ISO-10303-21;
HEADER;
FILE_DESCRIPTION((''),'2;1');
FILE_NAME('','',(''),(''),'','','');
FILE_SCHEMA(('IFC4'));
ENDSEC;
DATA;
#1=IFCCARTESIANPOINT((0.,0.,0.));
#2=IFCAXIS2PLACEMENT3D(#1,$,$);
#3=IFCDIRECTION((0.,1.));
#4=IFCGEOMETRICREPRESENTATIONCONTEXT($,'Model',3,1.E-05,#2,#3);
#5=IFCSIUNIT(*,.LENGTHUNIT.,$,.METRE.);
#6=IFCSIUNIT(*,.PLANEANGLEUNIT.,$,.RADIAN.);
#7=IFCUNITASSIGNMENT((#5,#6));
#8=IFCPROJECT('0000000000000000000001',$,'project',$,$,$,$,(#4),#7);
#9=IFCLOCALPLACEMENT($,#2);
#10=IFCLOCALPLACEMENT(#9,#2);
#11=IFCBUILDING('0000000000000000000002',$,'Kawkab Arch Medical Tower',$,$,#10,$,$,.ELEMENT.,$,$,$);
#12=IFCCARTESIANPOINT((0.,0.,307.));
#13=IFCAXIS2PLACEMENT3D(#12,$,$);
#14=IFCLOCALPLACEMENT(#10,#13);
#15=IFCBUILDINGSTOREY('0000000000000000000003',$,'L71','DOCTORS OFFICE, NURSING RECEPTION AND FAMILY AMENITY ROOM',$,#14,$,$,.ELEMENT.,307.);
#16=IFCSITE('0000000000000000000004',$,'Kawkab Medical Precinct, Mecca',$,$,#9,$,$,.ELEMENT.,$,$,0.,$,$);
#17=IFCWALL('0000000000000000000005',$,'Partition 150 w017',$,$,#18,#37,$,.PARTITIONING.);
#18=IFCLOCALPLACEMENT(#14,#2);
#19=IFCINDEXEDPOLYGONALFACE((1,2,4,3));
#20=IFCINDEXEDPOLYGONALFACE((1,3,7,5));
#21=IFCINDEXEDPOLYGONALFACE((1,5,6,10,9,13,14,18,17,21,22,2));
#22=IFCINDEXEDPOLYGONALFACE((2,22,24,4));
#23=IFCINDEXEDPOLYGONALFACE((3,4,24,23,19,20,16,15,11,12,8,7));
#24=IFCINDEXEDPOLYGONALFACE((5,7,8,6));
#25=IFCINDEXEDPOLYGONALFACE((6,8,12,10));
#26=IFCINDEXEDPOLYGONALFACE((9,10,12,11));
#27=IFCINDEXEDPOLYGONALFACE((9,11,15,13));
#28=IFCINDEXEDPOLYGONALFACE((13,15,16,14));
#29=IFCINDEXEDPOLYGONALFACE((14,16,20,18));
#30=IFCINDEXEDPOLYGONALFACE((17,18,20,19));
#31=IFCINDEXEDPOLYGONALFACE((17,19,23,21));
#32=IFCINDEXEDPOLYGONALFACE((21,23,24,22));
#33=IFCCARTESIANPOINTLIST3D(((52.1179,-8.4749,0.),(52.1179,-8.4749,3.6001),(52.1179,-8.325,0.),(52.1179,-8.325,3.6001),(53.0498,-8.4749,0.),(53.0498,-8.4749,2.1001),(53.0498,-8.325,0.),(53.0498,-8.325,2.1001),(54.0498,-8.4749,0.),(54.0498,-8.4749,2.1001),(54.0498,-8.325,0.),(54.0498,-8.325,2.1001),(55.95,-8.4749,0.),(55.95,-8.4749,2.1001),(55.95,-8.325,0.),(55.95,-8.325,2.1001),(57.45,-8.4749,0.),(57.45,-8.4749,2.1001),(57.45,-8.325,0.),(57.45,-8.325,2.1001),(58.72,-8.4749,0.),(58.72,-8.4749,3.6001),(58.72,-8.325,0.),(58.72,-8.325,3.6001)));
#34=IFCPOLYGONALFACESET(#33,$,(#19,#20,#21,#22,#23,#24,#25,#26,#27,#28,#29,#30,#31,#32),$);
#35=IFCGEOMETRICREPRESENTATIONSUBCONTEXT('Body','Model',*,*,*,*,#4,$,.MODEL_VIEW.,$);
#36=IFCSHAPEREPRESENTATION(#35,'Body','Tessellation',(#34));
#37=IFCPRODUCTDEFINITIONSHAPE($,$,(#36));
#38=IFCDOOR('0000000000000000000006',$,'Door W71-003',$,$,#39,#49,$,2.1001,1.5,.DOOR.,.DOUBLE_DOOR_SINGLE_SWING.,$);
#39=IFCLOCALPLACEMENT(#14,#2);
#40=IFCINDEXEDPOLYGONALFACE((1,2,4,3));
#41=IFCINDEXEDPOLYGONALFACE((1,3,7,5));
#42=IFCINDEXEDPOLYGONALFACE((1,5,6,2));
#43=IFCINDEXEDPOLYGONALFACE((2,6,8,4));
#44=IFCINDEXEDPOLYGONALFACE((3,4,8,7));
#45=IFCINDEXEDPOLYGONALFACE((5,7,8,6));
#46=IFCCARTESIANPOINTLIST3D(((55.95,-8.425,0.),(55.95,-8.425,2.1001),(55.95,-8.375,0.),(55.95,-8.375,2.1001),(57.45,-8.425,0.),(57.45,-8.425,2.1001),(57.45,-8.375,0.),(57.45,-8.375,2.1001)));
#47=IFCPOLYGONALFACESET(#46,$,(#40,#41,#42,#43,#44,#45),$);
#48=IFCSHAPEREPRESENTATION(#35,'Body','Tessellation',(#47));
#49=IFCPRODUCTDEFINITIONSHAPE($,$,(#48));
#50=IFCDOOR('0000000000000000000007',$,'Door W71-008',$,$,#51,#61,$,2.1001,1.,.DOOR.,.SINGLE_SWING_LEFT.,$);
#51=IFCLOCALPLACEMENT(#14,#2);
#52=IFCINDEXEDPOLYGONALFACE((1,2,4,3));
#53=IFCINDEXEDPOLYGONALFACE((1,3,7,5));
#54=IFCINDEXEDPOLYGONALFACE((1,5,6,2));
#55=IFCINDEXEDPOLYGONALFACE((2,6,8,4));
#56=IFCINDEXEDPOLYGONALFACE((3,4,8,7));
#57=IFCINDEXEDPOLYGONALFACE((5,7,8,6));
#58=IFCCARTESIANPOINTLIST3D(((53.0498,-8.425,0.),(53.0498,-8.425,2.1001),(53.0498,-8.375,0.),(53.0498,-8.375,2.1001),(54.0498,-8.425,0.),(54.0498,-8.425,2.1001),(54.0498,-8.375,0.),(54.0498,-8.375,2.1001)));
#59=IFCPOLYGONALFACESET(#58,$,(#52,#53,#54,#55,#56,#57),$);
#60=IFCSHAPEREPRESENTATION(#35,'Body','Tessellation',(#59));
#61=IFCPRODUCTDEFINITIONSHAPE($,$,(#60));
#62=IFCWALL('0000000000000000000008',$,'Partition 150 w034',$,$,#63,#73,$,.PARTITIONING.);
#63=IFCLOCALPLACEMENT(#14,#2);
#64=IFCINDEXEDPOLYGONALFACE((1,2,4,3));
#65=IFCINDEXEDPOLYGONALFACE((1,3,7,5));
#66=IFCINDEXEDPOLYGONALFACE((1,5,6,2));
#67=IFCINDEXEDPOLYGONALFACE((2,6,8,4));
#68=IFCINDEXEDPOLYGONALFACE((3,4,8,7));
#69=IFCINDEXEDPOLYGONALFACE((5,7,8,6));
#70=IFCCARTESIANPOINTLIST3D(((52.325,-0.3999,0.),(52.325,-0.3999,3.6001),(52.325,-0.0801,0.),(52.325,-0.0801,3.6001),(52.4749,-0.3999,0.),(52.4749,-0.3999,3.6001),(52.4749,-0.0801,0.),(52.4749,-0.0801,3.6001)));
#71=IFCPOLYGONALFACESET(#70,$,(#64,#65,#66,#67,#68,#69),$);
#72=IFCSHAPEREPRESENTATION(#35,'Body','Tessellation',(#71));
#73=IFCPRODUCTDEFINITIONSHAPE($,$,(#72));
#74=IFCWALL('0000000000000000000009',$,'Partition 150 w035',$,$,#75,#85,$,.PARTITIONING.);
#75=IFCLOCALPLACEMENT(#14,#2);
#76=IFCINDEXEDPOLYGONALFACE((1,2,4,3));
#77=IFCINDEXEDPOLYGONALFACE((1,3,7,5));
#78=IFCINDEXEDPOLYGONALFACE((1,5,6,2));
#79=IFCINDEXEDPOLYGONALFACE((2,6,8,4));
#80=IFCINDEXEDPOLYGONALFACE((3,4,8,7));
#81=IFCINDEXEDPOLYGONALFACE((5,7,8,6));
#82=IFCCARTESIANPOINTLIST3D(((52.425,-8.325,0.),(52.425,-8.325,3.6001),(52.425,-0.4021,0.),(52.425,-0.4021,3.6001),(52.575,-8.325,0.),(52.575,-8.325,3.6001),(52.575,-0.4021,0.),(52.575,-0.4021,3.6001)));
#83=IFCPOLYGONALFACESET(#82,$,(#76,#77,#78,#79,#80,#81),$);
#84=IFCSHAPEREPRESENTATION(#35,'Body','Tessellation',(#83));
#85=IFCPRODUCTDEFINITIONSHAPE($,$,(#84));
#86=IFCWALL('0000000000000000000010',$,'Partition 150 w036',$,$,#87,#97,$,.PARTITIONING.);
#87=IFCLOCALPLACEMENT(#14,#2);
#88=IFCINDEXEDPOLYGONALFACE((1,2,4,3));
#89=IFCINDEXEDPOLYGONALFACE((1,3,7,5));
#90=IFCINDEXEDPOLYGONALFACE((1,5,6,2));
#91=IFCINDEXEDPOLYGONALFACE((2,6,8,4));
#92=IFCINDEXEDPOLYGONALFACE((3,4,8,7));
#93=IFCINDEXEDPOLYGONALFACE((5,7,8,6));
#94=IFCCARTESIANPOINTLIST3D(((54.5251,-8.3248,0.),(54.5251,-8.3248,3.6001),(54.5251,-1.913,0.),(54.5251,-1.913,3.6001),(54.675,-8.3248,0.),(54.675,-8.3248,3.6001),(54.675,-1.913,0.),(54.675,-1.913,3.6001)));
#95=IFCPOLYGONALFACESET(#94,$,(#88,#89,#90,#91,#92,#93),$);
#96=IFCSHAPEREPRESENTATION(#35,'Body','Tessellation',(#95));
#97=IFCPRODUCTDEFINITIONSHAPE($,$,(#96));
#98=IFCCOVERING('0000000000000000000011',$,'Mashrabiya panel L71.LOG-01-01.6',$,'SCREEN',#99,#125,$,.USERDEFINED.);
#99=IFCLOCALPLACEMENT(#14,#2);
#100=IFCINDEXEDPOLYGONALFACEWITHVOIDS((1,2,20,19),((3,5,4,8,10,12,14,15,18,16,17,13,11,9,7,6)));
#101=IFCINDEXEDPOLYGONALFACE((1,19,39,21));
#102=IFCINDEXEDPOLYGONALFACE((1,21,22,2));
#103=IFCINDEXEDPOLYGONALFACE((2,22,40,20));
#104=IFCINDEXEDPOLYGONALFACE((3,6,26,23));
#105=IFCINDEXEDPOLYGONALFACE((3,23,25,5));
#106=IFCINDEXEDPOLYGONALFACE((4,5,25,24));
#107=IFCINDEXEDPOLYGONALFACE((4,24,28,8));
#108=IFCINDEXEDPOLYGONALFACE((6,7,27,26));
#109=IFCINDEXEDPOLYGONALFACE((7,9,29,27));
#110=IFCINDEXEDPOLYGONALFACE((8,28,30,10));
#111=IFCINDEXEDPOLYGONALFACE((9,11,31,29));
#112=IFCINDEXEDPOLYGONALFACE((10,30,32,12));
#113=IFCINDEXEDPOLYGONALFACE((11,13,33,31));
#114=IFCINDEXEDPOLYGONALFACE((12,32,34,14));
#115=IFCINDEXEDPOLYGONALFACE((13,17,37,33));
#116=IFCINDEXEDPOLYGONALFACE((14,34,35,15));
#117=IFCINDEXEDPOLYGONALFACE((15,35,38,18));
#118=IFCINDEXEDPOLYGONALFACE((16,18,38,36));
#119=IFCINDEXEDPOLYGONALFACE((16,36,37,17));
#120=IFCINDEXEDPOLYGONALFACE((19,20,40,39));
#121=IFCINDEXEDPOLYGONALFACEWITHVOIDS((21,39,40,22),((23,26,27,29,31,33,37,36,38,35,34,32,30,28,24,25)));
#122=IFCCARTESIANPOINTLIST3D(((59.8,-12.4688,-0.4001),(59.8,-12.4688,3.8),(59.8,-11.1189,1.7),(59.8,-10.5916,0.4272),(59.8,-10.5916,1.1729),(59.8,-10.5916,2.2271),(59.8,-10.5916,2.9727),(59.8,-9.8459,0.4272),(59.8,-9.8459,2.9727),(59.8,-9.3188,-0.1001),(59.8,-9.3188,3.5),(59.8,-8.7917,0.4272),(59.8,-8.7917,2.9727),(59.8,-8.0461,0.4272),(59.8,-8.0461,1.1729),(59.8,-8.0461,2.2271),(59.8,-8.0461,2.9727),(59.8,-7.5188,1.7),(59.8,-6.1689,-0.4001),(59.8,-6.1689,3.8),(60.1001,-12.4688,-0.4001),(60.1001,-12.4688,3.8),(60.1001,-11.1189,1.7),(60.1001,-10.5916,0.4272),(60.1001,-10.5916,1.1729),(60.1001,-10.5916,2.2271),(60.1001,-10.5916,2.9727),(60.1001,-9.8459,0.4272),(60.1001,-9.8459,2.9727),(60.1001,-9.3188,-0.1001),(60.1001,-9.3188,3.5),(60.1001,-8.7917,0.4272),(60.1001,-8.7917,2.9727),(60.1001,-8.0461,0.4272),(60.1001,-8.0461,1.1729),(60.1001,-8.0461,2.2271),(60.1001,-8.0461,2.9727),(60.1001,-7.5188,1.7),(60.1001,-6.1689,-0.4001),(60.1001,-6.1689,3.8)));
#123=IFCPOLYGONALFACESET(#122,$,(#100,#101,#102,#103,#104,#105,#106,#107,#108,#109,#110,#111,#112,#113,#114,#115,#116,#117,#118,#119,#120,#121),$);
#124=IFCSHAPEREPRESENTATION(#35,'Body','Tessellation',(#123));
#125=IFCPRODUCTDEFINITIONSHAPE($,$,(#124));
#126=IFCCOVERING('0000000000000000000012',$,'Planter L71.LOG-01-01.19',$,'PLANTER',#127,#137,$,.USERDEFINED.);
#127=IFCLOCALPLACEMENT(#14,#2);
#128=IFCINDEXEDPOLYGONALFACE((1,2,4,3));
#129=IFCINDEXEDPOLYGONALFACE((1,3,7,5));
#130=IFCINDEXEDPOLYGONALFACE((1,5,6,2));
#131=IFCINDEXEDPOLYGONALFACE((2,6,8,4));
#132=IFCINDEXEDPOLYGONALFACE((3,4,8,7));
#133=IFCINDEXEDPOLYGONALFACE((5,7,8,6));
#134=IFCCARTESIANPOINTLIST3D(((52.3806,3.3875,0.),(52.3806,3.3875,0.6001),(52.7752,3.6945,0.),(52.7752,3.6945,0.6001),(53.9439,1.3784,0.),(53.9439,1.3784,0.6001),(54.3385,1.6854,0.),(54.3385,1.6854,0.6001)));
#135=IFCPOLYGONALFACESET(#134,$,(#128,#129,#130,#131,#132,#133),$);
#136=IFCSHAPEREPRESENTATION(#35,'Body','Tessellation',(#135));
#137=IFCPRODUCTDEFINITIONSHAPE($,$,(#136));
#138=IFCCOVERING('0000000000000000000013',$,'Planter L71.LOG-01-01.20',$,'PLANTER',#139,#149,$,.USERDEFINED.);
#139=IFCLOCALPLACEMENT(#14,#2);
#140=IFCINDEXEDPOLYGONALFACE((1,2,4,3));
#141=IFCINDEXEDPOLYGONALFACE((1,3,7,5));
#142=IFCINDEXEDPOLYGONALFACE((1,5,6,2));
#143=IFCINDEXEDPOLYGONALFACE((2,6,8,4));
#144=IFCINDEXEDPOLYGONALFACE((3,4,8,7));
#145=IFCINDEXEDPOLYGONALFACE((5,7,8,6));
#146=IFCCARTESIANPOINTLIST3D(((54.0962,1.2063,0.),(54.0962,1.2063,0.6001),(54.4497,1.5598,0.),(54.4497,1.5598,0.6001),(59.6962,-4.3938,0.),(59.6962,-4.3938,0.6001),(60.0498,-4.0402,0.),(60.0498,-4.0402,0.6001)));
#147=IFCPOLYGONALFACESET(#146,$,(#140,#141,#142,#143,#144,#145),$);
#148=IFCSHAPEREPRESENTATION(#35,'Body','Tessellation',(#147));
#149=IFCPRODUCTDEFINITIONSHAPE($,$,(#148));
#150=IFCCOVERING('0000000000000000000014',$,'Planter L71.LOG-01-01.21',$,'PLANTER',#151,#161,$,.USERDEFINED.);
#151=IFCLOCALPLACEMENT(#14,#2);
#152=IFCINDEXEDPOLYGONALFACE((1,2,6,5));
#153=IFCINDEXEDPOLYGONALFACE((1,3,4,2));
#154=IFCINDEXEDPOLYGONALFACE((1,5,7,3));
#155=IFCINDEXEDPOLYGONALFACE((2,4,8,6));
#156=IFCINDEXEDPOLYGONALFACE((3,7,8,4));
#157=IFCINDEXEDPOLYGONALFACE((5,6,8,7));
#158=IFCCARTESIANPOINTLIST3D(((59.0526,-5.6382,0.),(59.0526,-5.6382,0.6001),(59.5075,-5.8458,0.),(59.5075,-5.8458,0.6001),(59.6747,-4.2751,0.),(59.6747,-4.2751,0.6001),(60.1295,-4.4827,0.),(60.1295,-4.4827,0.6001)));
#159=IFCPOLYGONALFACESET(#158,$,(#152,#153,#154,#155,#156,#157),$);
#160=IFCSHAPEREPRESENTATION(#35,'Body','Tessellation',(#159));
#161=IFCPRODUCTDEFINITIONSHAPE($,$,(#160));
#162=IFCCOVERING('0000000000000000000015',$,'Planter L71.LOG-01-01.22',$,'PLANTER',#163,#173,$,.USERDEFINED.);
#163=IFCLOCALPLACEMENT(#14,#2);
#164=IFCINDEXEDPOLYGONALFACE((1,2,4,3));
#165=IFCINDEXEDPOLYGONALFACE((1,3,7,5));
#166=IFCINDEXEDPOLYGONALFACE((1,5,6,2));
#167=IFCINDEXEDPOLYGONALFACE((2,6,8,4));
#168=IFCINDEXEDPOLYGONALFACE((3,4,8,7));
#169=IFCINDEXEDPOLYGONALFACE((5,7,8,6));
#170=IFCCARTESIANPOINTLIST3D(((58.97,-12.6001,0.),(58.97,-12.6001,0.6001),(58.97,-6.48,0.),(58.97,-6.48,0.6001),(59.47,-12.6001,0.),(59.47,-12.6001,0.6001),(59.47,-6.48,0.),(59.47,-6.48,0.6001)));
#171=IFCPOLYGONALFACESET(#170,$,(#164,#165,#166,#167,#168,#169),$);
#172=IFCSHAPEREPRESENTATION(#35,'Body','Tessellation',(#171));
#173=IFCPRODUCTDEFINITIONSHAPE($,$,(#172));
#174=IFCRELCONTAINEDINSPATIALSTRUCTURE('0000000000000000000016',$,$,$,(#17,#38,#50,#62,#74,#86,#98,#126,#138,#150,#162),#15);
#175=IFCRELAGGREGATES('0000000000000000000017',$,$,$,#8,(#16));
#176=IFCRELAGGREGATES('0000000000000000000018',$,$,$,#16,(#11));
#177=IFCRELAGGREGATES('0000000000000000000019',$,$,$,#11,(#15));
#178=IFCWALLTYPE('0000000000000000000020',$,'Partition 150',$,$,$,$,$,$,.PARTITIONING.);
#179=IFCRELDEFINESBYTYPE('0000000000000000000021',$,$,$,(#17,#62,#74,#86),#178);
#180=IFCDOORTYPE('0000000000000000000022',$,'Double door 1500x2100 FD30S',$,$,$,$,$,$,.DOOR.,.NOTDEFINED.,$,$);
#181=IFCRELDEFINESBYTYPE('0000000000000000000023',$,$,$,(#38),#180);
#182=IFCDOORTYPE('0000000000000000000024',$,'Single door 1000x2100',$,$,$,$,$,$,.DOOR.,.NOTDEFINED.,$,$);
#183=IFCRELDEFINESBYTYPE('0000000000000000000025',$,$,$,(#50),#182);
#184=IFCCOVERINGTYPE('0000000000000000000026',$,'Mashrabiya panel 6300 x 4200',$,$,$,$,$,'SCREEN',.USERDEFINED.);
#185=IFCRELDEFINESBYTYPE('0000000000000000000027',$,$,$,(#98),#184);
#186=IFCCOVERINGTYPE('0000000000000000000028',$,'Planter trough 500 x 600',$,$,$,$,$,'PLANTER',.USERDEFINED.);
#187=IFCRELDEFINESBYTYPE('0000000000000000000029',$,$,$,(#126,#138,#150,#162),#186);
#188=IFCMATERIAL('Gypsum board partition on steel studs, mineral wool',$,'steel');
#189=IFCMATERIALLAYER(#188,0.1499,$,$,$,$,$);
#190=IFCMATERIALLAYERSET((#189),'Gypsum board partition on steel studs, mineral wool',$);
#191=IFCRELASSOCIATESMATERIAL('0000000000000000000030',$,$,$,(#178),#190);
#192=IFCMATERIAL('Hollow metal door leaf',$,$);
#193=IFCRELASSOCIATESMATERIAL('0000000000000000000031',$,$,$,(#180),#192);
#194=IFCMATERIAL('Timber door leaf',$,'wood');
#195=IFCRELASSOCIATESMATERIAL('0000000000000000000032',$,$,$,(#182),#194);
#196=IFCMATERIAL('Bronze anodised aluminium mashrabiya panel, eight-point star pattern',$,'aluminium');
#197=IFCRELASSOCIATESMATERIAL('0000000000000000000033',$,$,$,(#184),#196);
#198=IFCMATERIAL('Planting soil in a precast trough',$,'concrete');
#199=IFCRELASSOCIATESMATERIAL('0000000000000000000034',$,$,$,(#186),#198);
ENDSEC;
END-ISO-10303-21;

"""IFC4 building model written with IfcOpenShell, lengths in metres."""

from ifc_helpers import new_model, si_unit, direction, frame, frame_2d, origin, origin_2d, place, context, subcontext, project, spatial, polyline, rectangle, outline, extrude, material, layer, layer_set, material_profile, profile_set, type_object, element, fill, save


model = new_model("IFC4")

# Units and contexts
model_context = context("Model", 3, precision=1e-05, world=origin(), true_north=direction((0.0, 1.0)))
body_context = subcontext(model_context, "Body", "Model", "MODEL_VIEW")
ifc_project = project(units=[si_unit("LENGTHUNIT", "METRE"), si_unit("PLANEANGLEUNIT", "RADIAN")], contexts=[model_context])

# Site, building, storey
site_placement = place(None, origin())
site = spatial("IfcSite", under=ifc_project, at=site_placement, Name="Kawkab Medical Precinct, Mecca", CompositionType="ELEMENT", RefElevation=0.0)
building_placement = place(site_placement, origin())
building = spatial("IfcBuilding", under=site, at=building_placement, Name="Kawkab Arch Medical Tower", CompositionType="ELEMENT")
storey_placement = place(building_placement, frame((0.0, 0.0, 307.0)))
storey = spatial("IfcBuildingStorey", under=building, at=storey_placement, Name="L71", Description="DOCTORS OFFICE, NURSING RECEPTION AND FAMILY AMENITY ROOM", CompositionType="ELEMENT", Elevation=307.0)

# Wall, openings, doors
ifc_material_1 = material(Name="Gypsum board partition on steel studs, mineral wool", Category="steel")
ifc_layer_1 = layer(ifc_material_1, 0.1499)
ifc_layer_set_1 = layer_set([ifc_layer_1], Name="Gypsum board partition on steel studs, mineral wool")
wall_type = type_object("IfcWallType", Name="Partition 150", PredefinedType="PARTITIONING", material=ifc_layer_set_1)
wall_1_placement = place(storey_placement, frame((52.1179, -8.3999, 0.0), z_axis=(0.0, 0.0, 1.0), x_axis=(1.0, 0.0, 0.0)))
wall_1 = element("IfcWall", 1, at=wall_1_placement, inside=storey, type_object=wall_type, Name="Partition 150 w017", PredefinedType="PARTITIONING", context=body_context, shape_type="SweptSolid", body=[
    extrude(rectangle(XDim=6.6021, YDim=0.1499, at=frame_2d((3.301, 0.0))), origin(), (0.0, 0.0, 1.0), 3.6001),
])
opening_1_placement = place(wall_1_placement, frame((0.9319, 0.0, 0.0)))
opening_1 = element("IfcOpeningElement", 2, at=opening_1_placement, cuts=wall_1, PredefinedType="OPENING", context=body_context, shape_type="SweptSolid", body=[
    extrude(rectangle(XDim=1.0, YDim=2.1001, at=frame_2d((0.5, 1.05))), frame((0.0, 0.085, 0.0), z_axis=(0.0, -1.0, 0.0), x_axis=(1.0, 0.0, 0.0)), (0.0, 0.0, 1.0), 0.1699),
])
opening_2_placement = place(wall_1_placement, frame((3.832, 0.0, 0.0)))
opening_2 = element("IfcOpeningElement", 3, at=opening_2_placement, cuts=wall_1, PredefinedType="OPENING", context=body_context, shape_type="SweptSolid", body=[
    extrude(rectangle(XDim=1.5, YDim=2.1001, at=frame_2d((0.75, 1.05))), frame((0.0, 0.085, 0.0), z_axis=(0.0, -1.0, 0.0), x_axis=(1.0, 0.0, 0.0)), (0.0, 0.0, 1.0), 0.1699),
])
ifc_material_2 = material(Name="Hollow metal door leaf")
door_type_1 = type_object("IfcDoorType", Name="Double door 1500x2100 FD30S", OperationType="NOTDEFINED", PredefinedType="DOOR", material=ifc_material_2)
door_1_placement = place(opening_2_placement, origin())
door_1 = element("IfcDoor", 4, at=door_1_placement, inside=storey, type_object=door_type_1, Name="Door W71-003", OperationType="DOUBLE_DOOR_SINGLE_SWING", OverallHeight=2.1001, OverallWidth=1.5, PredefinedType="DOOR", context=body_context, shape_type="SweptSolid", body=[
    extrude(rectangle(XDim=1.5, YDim=2.1001, at=frame_2d((0.75, 1.05))), frame((0.0, 0.0249, 0.0), z_axis=(0.0, -1.0, 0.0), x_axis=(1.0, 0.0, 0.0)), (0.0, 0.0, 1.0), 0.05),
])
fill(opening_2, door_1)
ifc_material_3 = material(Name="Timber door leaf", Category="wood")
door_type_2 = type_object("IfcDoorType", Name="Single door 1000x2100", OperationType="NOTDEFINED", PredefinedType="DOOR", material=ifc_material_3)
door_2_placement = place(opening_1_placement, origin())
door_2 = element("IfcDoor", 5, at=door_2_placement, inside=storey, type_object=door_type_2, Name="Door W71-008", OperationType="SINGLE_SWING_LEFT", OverallHeight=2.1001, OverallWidth=1.0, PredefinedType="DOOR", context=body_context, shape_type="SweptSolid", body=[
    extrude(rectangle(XDim=1.0, YDim=2.1001, at=frame_2d((0.5, 1.05))), frame((0.0, 0.0249, 0.0), z_axis=(0.0, -1.0, 0.0), x_axis=(1.0, 0.0, 0.0)), (0.0, 0.0, 1.0), 0.05),
])
fill(opening_1, door_2)

# Walls
wall_2_placement = place(storey_placement, frame((52.3999, -0.3999, 0.0), z_axis=(0.0, 0.0, 1.0), x_axis=(0.0, 1.0, 0.0)))
element("IfcWall", 6, at=wall_2_placement, inside=storey, type_object=wall_type, Name="Partition 150 w034", PredefinedType="PARTITIONING", context=body_context, shape_type="SweptSolid", body=[
    extrude(rectangle(XDim=0.3198, YDim=0.1499, at=frame_2d((0.1599, 0.0))), origin(), (0.0, 0.0, 1.0), 3.6001),
])
wall_3_placement = place(storey_placement, frame((52.5, -8.325, 0.0), z_axis=(0.0, 0.0, 1.0), x_axis=(0.0, 1.0, 0.0)))
element("IfcWall", 7, at=wall_3_placement, inside=storey, type_object=wall_type, Name="Partition 150 w035", PredefinedType="PARTITIONING", context=body_context, shape_type="SweptSolid", body=[
    extrude(rectangle(XDim=7.9229, YDim=0.1499, at=frame_2d((3.9614, 0.0))), origin(), (0.0, 0.0, 1.0), 3.6001),
])
wall_4_placement = place(storey_placement, frame((54.6001, -8.325, 0.0), z_axis=(0.0, 0.0, 1.0), x_axis=(0.0, 1.0, 0.0)))
element("IfcWall", 8, at=wall_4_placement, inside=storey, type_object=wall_type, Name="Partition 150 w036", PredefinedType="PARTITIONING", context=body_context, shape_type="SweptSolid", body=[
    extrude(rectangle(XDim=6.4119, YDim=0.1499, at=frame_2d((3.2061, 0.0))), origin(), (0.0, 0.0, 1.0), 3.6001),
])

# Coverings
ifc_material_4 = material(Name="Bronze anodised aluminium mashrabiya panel, eight-point star pattern", Category="aluminium")
ifc_material_profile_1 = material_profile(ifc_material_4, outline(polyline([(-3.1499, -2.1001), (3.1499, -2.1001), (3.1499, 2.1001), (-3.1499, 2.1001), (-3.1499, -2.1001)]), holes=[polyline([(1.8, 0.0), (1.2727, 0.5271), (1.2727, 1.2727), (0.5271, 1.2727), (0.0, 1.8), (-0.5271, 1.2727), (-1.2727, 1.2727), (-1.2727, 0.5271), (-1.8, 0.0), (-1.2727, -0.5271), (-1.2727, -1.2727), (-0.5271, -1.2727), (0.0, -1.8), (0.5271, -1.2727), (1.2727, -1.2727), (1.2727, -0.5271), (1.8, 0.0)])]), Name="Mashrabiya panel 6300x4200")
ifc_profile_set_1 = profile_set([ifc_material_profile_1], Name="Bronze anodised aluminium mashrabiya panel, eight-point star pattern")
covering_type_1 = type_object("IfcCoveringType", Name="Mashrabiya panel 6300 x 4200", ElementType="SCREEN", PredefinedType="USERDEFINED", material=ifc_profile_set_1)
covering_1_placement = place(storey_placement, frame((59.8, -9.3188, 1.7), z_axis=(1.0, 0.0, 0.0), x_axis=(0.0, 1.0, 0.0)))
element("IfcCovering", 9, at=covering_1_placement, inside=storey, type_object=covering_type_1, Name="Mashrabiya panel L71.LOG-01-01.6", ObjectType="SCREEN", PredefinedType="USERDEFINED", context=body_context, shape_type="SweptSolid", body=[
    extrude(outline(polyline([(-3.1499, -2.1001), (3.1499, -2.1001), (3.1499, 2.1001), (-3.1499, 2.1001), (-3.1499, -2.1001)]), holes=[polyline([(1.8, 0.0), (1.2727, 0.5271), (1.2727, 1.2727), (0.5271, 1.2727), (0.0, 1.8), (-0.5271, 1.2727), (-1.2727, 1.2727), (-1.2727, 0.5271), (-1.8, 0.0), (-1.2727, -0.5271), (-1.2727, -1.2727), (-0.5271, -1.2727), (0.0, -1.8), (0.5271, -1.2727), (1.2727, -1.2727), (1.2727, -0.5271), (1.8, 0.0)])]), origin(), (0.0, 0.0, 1.0), 0.3),
])
ifc_material_5 = material(Name="Planting soil in a precast trough", Category="concrete")
ifc_material_profile_2 = material_profile(ifc_material_5, rectangle(XDim=0.5, YDim=0.6001, at=origin_2d()), Name="Trough 500x600")
ifc_profile_set_2 = profile_set([ifc_material_profile_2], Name="Planting soil in a precast trough")
covering_type_2 = type_object("IfcCoveringType", Name="Planter trough 500 x 600", ElementType="PLANTER", PredefinedType="USERDEFINED", material=ifc_profile_set_2)
covering_2_placement = place(storey_placement, frame((52.5779, 3.541, 0.3), z_axis=(0.6141, -0.789228, 0.0), x_axis=(0.789228, 0.6141, 0.0)))
element("IfcCovering", 10, at=covering_2_placement, inside=storey, type_object=covering_type_2, Name="Planter L71.LOG-01-01.19", ObjectType="PLANTER", PredefinedType="USERDEFINED", context=body_context, shape_type="SweptSolid", body=[
    extrude(rectangle(XDim=0.5, YDim=0.6001, at=origin_2d()), origin(), (0.0, 0.0, 1.0), 2.5457),
])
covering_3_placement = place(storey_placement, frame((54.2729, 1.3831, 0.3), z_axis=(0.707107, -0.707107, 0.0), x_axis=(0.707107, 0.707107, 0.0)))
element("IfcCovering", 11, at=covering_3_placement, inside=storey, type_object=covering_type_2, Name="Planter L71.LOG-01-01.20", ObjectType="PLANTER", PredefinedType="USERDEFINED", context=body_context, shape_type="SweptSolid", body=[
    extrude(rectangle(XDim=0.5, YDim=0.6001, at=origin_2d()), origin(), (0.0, 0.0, 1.0), 7.9197),
])
covering_4_placement = place(storey_placement, frame((59.9021, -4.3789, 0.3), z_axis=(-0.41519, -0.909735, 0.0), x_axis=(0.909735, -0.41519, 0.0)))
element("IfcCovering", 12, at=covering_4_placement, inside=storey, type_object=covering_type_2, Name="Planter L71.LOG-01-01.21", ObjectType="PLANTER", PredefinedType="USERDEFINED", context=body_context, shape_type="SweptSolid", body=[
    extrude(rectangle(XDim=0.5, YDim=0.6001, at=origin_2d()), origin(), (0.0, 0.0, 1.0), 1.4983),
])
covering_5_placement = place(storey_placement, frame((59.22, -6.48, 0.3), z_axis=(0.0, -1.0, 0.0), x_axis=(1.0, 0.0, 0.0)))
element("IfcCovering", 13, at=covering_5_placement, inside=storey, type_object=covering_type_2, Name="Planter L71.LOG-01-01.22", ObjectType="PLANTER", PredefinedType="USERDEFINED", context=body_context, shape_type="SweptSolid", body=[
    extrude(rectangle(XDim=0.5, YDim=0.6001, at=origin_2d()), origin(), (0.0, 0.0, 1.0), 6.1201),
])

save(model, "model.ifc")
